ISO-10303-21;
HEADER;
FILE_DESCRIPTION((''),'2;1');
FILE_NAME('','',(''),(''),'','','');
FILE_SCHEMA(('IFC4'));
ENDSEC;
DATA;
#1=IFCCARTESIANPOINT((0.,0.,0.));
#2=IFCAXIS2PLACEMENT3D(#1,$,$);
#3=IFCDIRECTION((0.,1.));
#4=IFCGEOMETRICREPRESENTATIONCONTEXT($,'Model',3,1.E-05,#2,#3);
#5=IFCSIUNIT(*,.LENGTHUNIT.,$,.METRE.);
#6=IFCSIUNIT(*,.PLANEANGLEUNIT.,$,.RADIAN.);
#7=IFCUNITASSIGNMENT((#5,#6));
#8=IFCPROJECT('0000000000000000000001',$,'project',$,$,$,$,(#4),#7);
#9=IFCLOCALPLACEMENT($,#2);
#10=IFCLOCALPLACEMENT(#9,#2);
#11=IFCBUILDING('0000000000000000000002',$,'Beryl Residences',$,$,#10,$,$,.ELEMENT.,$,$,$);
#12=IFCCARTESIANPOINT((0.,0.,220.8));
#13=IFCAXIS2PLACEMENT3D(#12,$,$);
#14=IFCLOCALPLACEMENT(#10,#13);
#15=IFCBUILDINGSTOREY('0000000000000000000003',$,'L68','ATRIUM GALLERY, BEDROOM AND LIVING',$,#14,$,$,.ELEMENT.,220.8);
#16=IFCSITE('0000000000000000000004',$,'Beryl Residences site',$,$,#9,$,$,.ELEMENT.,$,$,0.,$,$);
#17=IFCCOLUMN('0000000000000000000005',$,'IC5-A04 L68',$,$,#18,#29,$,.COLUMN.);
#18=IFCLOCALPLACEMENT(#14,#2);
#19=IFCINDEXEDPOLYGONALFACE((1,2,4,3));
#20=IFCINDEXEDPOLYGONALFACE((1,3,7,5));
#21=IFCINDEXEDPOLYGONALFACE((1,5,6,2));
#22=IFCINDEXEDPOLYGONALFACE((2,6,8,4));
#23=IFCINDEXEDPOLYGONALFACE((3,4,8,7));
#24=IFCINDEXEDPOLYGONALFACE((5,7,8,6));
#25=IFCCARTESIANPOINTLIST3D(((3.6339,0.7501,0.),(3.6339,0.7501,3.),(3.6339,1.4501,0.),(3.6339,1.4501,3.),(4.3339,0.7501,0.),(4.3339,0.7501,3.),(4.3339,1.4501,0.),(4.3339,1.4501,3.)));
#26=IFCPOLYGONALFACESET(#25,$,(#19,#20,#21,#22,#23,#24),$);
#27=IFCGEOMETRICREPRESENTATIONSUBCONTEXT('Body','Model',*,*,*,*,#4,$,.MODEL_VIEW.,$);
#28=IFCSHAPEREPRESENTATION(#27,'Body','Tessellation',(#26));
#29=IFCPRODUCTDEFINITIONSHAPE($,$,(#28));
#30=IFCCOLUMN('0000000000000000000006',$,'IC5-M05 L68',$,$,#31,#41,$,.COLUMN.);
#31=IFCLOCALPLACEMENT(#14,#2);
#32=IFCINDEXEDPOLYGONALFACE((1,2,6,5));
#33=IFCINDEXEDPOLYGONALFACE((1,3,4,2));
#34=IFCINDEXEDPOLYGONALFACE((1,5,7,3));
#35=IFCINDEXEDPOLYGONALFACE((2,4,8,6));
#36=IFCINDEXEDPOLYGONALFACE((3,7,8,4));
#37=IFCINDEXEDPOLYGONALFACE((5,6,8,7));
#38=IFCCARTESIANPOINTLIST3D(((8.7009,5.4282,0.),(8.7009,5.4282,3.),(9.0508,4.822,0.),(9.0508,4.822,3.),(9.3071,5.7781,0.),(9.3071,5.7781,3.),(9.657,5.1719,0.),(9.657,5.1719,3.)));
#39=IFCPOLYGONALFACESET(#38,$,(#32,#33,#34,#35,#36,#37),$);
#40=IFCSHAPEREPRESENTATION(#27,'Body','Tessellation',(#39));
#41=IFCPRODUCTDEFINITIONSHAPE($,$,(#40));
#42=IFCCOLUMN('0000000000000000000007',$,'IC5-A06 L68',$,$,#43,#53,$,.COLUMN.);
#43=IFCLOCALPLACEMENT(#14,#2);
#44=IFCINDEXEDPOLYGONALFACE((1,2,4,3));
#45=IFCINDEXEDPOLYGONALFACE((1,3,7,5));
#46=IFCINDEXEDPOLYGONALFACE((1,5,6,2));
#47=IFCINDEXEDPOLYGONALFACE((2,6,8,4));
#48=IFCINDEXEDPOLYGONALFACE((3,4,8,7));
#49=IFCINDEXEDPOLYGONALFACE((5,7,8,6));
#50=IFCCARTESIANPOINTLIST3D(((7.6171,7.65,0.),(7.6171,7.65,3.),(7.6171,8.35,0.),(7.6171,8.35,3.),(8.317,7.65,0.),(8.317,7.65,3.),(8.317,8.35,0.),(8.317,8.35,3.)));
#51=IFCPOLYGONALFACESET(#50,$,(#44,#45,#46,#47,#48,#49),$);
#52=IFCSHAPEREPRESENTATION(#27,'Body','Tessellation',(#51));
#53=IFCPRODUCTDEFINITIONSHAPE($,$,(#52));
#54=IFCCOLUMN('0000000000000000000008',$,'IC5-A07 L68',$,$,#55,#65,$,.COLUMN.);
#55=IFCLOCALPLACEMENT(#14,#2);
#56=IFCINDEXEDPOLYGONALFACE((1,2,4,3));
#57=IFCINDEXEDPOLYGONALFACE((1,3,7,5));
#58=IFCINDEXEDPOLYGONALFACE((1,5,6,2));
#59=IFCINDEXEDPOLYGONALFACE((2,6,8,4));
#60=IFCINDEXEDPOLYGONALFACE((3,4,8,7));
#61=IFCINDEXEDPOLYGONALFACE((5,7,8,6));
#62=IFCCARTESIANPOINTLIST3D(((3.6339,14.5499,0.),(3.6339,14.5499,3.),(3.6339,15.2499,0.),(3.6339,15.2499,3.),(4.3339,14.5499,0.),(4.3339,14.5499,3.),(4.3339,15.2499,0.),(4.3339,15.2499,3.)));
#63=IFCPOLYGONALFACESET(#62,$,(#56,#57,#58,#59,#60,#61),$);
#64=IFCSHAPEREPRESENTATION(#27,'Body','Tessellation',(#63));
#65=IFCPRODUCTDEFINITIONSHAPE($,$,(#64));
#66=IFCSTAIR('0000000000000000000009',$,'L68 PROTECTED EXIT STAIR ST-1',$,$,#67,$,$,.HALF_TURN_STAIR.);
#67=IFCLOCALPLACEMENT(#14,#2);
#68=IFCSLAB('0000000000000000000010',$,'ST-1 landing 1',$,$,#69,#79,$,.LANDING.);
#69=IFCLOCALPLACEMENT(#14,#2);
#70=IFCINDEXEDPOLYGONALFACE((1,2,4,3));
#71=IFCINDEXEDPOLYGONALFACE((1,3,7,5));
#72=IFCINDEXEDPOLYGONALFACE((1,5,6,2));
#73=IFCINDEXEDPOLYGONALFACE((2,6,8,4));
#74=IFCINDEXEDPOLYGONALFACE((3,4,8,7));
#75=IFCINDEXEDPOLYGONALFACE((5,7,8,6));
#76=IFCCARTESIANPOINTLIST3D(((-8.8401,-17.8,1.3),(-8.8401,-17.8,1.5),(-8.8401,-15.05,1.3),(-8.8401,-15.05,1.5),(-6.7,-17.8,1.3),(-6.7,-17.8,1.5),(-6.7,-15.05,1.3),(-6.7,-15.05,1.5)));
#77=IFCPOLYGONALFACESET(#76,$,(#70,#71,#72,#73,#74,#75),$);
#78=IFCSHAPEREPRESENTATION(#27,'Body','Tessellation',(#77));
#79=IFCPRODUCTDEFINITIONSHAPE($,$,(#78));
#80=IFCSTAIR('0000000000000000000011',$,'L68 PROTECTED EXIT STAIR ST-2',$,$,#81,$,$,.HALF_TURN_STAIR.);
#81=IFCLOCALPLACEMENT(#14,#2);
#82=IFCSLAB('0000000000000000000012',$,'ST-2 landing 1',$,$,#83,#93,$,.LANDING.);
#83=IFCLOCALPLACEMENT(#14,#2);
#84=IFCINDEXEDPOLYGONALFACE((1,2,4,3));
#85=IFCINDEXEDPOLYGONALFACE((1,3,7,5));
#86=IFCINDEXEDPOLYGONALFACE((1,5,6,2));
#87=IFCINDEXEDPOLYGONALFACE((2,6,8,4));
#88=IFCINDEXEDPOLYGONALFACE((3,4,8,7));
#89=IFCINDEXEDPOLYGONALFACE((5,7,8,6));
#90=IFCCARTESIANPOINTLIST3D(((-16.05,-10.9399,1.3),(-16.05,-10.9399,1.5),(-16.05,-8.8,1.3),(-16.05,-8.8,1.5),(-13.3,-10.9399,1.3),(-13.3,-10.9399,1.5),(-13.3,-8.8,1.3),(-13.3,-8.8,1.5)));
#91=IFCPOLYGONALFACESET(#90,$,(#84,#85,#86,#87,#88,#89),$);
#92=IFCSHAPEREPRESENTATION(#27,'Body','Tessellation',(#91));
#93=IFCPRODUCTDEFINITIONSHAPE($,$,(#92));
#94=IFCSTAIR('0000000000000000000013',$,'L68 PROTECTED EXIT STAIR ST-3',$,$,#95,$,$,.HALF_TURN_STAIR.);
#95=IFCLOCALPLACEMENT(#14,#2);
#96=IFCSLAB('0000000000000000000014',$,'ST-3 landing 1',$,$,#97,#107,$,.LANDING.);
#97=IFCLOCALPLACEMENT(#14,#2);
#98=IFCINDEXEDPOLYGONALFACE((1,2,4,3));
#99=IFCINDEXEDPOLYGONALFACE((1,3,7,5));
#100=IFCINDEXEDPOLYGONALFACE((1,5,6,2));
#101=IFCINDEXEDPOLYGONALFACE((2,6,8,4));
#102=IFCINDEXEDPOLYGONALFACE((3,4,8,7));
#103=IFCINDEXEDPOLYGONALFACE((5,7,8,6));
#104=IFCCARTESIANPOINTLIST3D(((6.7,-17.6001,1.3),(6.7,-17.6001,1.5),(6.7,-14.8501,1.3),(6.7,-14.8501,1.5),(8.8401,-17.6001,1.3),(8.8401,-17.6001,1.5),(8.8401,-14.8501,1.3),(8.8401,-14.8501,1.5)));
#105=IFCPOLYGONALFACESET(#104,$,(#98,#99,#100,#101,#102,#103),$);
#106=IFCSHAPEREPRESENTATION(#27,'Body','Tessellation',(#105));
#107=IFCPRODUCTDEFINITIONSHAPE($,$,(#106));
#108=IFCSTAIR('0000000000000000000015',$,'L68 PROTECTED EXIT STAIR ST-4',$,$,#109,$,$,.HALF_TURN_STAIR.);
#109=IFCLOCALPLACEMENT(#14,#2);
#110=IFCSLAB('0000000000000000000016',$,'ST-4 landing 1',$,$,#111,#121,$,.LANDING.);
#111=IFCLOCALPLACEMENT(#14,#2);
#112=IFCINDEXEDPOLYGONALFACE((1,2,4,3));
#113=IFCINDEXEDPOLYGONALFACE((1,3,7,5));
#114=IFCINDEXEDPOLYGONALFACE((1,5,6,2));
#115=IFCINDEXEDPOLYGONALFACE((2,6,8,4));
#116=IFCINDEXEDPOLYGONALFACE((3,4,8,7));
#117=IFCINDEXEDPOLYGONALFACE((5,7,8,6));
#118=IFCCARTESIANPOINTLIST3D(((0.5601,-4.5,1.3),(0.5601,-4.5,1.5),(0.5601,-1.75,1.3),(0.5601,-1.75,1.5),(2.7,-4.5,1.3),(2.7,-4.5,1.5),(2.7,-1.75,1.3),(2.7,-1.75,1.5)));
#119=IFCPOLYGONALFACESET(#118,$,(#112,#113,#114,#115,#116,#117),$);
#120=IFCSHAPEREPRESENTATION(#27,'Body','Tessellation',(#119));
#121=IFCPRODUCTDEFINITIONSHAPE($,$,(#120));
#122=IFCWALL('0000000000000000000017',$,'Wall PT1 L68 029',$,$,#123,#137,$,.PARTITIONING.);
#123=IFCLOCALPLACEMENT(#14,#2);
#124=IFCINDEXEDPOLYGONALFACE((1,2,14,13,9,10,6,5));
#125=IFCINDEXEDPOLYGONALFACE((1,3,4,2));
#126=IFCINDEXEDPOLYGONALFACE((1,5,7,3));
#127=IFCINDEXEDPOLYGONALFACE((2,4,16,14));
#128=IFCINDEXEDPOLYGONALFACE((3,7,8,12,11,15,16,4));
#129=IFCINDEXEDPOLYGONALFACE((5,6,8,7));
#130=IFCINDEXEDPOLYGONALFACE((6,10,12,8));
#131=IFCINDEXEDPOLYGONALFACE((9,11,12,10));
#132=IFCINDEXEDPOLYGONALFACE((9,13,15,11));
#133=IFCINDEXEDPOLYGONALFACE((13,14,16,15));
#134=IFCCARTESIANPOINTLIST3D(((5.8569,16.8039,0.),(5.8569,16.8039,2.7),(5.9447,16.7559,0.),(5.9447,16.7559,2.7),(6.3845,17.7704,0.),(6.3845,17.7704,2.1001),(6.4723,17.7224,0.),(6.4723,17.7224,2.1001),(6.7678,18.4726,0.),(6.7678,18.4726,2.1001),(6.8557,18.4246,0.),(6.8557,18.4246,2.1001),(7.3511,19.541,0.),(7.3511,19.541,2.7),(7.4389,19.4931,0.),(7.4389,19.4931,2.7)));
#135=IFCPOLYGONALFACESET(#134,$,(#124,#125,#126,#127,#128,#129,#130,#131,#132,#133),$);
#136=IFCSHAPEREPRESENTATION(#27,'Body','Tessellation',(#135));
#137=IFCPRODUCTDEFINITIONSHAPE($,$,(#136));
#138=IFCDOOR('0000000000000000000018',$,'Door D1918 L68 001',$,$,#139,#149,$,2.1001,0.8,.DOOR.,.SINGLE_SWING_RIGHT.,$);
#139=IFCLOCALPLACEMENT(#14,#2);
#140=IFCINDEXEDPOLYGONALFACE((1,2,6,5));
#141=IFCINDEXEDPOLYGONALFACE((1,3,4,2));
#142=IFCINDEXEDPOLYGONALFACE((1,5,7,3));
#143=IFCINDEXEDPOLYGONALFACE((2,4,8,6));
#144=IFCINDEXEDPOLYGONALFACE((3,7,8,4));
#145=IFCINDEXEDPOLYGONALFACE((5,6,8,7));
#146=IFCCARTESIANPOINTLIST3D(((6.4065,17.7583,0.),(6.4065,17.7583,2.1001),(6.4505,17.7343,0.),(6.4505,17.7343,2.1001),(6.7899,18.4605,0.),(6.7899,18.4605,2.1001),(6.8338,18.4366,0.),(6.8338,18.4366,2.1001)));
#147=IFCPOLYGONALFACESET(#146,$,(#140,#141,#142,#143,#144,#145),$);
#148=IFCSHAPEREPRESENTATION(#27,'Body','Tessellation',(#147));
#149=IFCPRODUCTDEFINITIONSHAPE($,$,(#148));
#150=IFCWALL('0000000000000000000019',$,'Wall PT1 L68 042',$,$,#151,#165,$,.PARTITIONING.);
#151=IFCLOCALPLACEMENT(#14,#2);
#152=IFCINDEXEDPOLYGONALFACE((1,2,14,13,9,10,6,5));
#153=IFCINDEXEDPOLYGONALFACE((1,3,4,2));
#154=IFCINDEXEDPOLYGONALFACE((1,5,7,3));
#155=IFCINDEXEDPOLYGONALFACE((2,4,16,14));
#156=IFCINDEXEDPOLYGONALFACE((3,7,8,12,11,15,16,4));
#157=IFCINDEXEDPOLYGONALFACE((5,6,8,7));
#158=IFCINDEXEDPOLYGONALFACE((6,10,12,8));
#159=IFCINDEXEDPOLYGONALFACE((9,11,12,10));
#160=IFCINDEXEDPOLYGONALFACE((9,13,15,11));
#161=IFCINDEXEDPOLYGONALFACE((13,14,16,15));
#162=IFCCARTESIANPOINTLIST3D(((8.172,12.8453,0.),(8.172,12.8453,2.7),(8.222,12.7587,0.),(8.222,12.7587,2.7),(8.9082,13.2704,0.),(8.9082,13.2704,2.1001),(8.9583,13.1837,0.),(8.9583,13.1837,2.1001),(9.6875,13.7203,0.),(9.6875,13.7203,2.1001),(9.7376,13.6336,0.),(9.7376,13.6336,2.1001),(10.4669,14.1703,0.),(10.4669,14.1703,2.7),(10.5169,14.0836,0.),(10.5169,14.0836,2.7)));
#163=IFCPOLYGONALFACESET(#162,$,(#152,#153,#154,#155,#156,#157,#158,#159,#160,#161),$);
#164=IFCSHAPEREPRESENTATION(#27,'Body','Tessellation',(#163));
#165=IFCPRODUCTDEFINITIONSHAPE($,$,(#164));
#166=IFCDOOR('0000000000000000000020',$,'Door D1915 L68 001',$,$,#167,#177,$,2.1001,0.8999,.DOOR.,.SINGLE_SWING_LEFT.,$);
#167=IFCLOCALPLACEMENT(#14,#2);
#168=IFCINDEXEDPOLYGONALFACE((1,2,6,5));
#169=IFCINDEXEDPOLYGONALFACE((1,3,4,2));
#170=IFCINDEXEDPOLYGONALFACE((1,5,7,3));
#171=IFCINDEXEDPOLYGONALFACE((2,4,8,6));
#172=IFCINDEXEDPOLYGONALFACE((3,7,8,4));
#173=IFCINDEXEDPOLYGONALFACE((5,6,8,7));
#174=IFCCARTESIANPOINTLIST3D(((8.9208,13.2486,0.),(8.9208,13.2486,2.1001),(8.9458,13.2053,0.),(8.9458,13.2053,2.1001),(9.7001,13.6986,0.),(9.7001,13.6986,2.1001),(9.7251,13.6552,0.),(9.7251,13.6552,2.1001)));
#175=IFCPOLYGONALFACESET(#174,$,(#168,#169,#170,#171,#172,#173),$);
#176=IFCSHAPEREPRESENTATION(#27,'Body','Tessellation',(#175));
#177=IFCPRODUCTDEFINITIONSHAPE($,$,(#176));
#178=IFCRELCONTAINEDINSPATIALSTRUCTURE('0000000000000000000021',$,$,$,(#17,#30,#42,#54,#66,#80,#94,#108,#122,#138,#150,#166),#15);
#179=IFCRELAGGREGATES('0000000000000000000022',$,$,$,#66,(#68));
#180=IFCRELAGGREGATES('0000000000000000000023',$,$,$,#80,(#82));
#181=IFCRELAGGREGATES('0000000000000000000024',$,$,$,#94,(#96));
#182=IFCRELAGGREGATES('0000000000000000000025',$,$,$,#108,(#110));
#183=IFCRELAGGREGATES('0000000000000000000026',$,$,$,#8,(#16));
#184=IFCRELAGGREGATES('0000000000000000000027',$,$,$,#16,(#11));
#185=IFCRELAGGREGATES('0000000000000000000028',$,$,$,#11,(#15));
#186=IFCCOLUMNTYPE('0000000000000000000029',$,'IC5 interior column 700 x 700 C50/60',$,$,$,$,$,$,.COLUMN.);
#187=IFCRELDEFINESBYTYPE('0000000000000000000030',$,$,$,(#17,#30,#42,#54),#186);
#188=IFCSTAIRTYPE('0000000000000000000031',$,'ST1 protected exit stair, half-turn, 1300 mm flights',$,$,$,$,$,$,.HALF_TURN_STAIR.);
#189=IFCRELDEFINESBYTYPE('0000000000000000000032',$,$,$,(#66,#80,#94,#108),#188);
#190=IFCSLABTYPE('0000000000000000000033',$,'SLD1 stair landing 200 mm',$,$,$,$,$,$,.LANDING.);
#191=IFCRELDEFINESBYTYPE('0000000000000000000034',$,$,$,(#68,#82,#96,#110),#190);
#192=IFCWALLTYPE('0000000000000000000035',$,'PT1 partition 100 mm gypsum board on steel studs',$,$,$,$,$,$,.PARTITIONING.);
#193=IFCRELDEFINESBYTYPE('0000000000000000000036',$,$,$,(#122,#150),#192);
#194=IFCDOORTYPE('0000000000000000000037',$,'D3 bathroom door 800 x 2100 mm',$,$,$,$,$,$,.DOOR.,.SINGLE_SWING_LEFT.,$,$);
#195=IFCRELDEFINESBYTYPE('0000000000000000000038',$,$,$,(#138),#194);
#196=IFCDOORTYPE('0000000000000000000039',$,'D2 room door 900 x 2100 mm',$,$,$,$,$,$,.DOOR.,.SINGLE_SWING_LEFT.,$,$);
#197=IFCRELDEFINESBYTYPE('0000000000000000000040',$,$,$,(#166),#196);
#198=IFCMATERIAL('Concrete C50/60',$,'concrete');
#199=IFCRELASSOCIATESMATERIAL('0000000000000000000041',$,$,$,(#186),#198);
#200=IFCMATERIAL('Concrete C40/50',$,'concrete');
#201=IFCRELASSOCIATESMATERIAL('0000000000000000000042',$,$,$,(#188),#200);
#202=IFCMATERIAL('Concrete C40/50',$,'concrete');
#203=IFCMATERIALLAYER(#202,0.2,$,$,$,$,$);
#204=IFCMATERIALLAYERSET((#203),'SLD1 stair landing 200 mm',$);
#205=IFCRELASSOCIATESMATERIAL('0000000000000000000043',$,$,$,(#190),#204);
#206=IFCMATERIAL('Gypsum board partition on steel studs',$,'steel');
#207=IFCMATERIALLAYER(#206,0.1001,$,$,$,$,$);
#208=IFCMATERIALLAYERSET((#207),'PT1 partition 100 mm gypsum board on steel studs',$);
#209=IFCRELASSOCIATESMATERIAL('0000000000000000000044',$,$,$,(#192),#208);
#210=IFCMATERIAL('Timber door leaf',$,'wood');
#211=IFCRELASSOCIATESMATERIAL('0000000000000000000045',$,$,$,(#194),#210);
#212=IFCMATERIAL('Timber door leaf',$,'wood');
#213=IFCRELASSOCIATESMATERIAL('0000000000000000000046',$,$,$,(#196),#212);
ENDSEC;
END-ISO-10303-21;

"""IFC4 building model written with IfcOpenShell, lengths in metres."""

from ifc_helpers import new_model, si_unit, direction, frame, frame_2d, origin, origin_2d, place, context, subcontext, project, spatial, polyline, rectangle, outline, extrude, material, layer, layer_set, material_profile, profile_set, type_object, element, fill, aggregate, save


model = new_model("IFC4")

# Units and contexts
model_context = context("Model", 3, precision=1e-05, world=origin(), true_north=direction((0.0, 1.0)))
body_context = subcontext(model_context, "Body", "Model", "MODEL_VIEW")
ifc_project = project(units=[si_unit("LENGTHUNIT", "METRE"), si_unit("PLANEANGLEUNIT", "RADIAN")], contexts=[model_context])

# Site, building, storey
site_placement = place(None, origin())
site = spatial("IfcSite", under=ifc_project, at=site_placement, Name="Beryl Residences site", CompositionType="ELEMENT", RefElevation=0.0)
building_placement = place(site_placement, origin())
building = spatial("IfcBuilding", under=site, at=building_placement, Name="Beryl Residences", CompositionType="ELEMENT")
storey_placement = place(building_placement, frame((0.0, 0.0, 220.8)))
storey = spatial("IfcBuildingStorey", under=building, at=storey_placement, Name="L68", Description="ATRIUM GALLERY, BEDROOM AND LIVING", CompositionType="ELEMENT", Elevation=220.8)

# Columns
ifc_material_1 = material(Name="Concrete C50/60", Category="concrete")
ifc_material_profile = material_profile(ifc_material_1, rectangle(XDim=0.7, YDim=0.7, at=origin_2d()))
ifc_profile_set = profile_set([ifc_material_profile], Name="Concrete C50/60")
column_type = type_object("IfcColumnType", Name="IC5 interior column 700 x 700 C50/60", PredefinedType="COLUMN", material=ifc_profile_set)
for number, where, z_axis, x_axis, name in (
    (1, (3.9839, 1.1001, 0.0), (0.0, 0.0, 1.0), (1.0, 0.0, 0.0), "IC5-A04 L68"),
    (2, (9.179, 5.3, 0.0), (0.0, 0.0, 1.0), (-0.49997, 0.866043, 0.0), "IC5-M05 L68"),
    (3, (7.967, 8.0, 0.0), (0.0, 0.0, 1.0), (1.0, 0.0, 0.0), "IC5-A06 L68"),
    (4, (3.9839, 14.8999, 0.0), (0.0, 0.0, 1.0), (1.0, 0.0, 0.0), "IC5-A07 L68"),
):
    element("IfcColumn", number, at=place(storey_placement, frame(where, z_axis=z_axis, x_axis=x_axis)), inside=storey, type_object=column_type, Name=name, PredefinedType="COLUMN", context=body_context, shape_type="SweptSolid", body=[
        extrude(rectangle(XDim=0.7, YDim=0.7, at=origin_2d()), origin(), (0.0, 0.0, 1.0), 3.0),
    ])

# Stairs, slabs
ifc_material_2 = material(Name="Concrete C40/50", Category="concrete")
stair_type = type_object("IfcStairType", Name="ST1 protected exit stair, half-turn, 1300 mm flights", PredefinedType="HALF_TURN_STAIR", material=ifc_material_2)
stair_1_placement = place(storey_placement, origin())
stair_1 = element("IfcStair", 5, at=stair_1_placement, inside=storey, type_object=stair_type, Name="L68 PROTECTED EXIT STAIR ST-1", PredefinedType="HALF_TURN_STAIR")
ifc_material_3 = material(Name="Concrete C40/50", Category="concrete")
ifc_layer_1 = layer(ifc_material_3, 0.2)
ifc_layer_set_1 = layer_set([ifc_layer_1], Name="SLD1 stair landing 200 mm")
slab_type_1 = type_object("IfcSlabType", Name="SLD1 stair landing 200 mm", PredefinedType="LANDING", material=ifc_layer_set_1)
slab_1_placement = place(storey_placement, frame((0.0, 0.0, 1.3)))
slab_1 = element("IfcSlab", 6, at=slab_1_placement, type_object=slab_type_1, Name="ST-1 landing 1", PredefinedType="LANDING", context=body_context, shape_type="SweptSolid", body=[
    extrude(outline(polyline([(-8.8401, -17.8), (-6.7, -17.8), (-6.7, -15.05), (-8.8401, -15.05), (-8.8401, -17.8)])), origin(), (0.0, 0.0, 1.0), 0.2),
])
aggregate(stair_1, [slab_1])
stair_2_placement = place(storey_placement, origin())
stair_2 = element("IfcStair", 7, at=stair_2_placement, inside=storey, type_object=stair_type, Name="L68 PROTECTED EXIT STAIR ST-2", PredefinedType="HALF_TURN_STAIR")
slab_2_placement = place(storey_placement, frame((0.0, 0.0, 1.3)))
slab_2 = element("IfcSlab", 8, at=slab_2_placement, type_object=slab_type_1, Name="ST-2 landing 1", PredefinedType="LANDING", context=body_context, shape_type="SweptSolid", body=[
    extrude(outline(polyline([(-13.3, -10.9399), (-13.3, -8.8), (-16.05, -8.8), (-16.05, -10.9399), (-13.3, -10.9399)])), origin(), (0.0, 0.0, 1.0), 0.2),
])
aggregate(stair_2, [slab_2])
stair_3_placement = place(storey_placement, origin())
stair_3 = element("IfcStair", 9, at=stair_3_placement, inside=storey, type_object=stair_type, Name="L68 PROTECTED EXIT STAIR ST-3", PredefinedType="HALF_TURN_STAIR")
slab_3_placement = place(storey_placement, frame((0.0, 0.0, 1.3)))
slab_3 = element("IfcSlab", 10, at=slab_3_placement, type_object=slab_type_1, Name="ST-3 landing 1", PredefinedType="LANDING", context=body_context, shape_type="SweptSolid", body=[
    extrude(outline(polyline([(8.8401, -14.8501), (6.7, -14.8501), (6.7, -17.6001), (8.8401, -17.6001), (8.8401, -14.8501)])), origin(), (0.0, 0.0, 1.0), 0.2),
])
aggregate(stair_3, [slab_3])
stair_4_placement = place(storey_placement, origin())
stair_4 = element("IfcStair", 11, at=stair_4_placement, inside=storey, type_object=stair_type, Name="L68 PROTECTED EXIT STAIR ST-4", PredefinedType="HALF_TURN_STAIR")
slab_4_placement = place(storey_placement, frame((0.0, 0.0, 1.3)))
slab_4 = element("IfcSlab", 12, at=slab_4_placement, type_object=slab_type_1, Name="ST-4 landing 1", PredefinedType="LANDING", context=body_context, shape_type="SweptSolid", body=[
    extrude(outline(polyline([(0.5601, -4.5), (2.7, -4.5), (2.7, -1.75), (0.5601, -1.75), (0.5601, -4.5)])), origin(), (0.0, 0.0, 1.0), 0.2),
])
aggregate(stair_4, [slab_4])

# Walls, openings, doors
ifc_material_4 = material(Name="Gypsum board partition on steel studs", Category="steel")
ifc_layer_2 = layer(ifc_material_4, 0.1001)
ifc_layer_set_2 = layer_set([ifc_layer_2], Name="PT1 partition 100 mm gypsum board on steel studs")
wall_type_1 = type_object("IfcWallType", Name="PT1 partition 100 mm gypsum board on steel studs", PredefinedType="PARTITIONING", material=ifc_layer_set_2)
wall_1_placement = place(storey_placement, frame((5.9009, 16.78, 0.0), z_axis=(0.0, 0.0, 1.0), x_axis=(0.479148, 0.877734, 0.0)))
wall_1 = element("IfcWall", 13, at=wall_1_placement, inside=storey, type_object=wall_type_1, Name="Wall PT1 L68 029", PredefinedType="PARTITIONING", context=body_context, shape_type="SweptSolid", body=[
    extrude(rectangle(XDim=3.1184, YDim=0.1001, at=frame_2d((1.5591, 0.0))), origin(), (0.0, 0.0, 1.0), 2.7),
])
opening_1_placement = place(wall_1_placement, frame((1.1011, 0.0, 0.0)))
opening_1 = element("IfcOpeningElement", 14, at=opening_1_placement, cuts=wall_1, PredefinedType="OPENING", context=body_context, shape_type="SweptSolid", body=[
    extrude(rectangle(XDim=0.8, YDim=2.1001, at=frame_2d((0.3999, 1.05))), frame((0.0, 0.0601, 0.0), z_axis=(0.0, -1.0, 0.0), x_axis=(1.0, 0.0, 0.0)), (0.0, 0.0, 1.0), 0.1201),
])
ifc_material_5 = material(Name="Timber door leaf", Category="wood")
door_type_1 = type_object("IfcDoorType", Name="D3 bathroom door 800 x 2100 mm", OperationType="SINGLE_SWING_LEFT", PredefinedType="DOOR", material=ifc_material_5)
door_1_placement = place(opening_1_placement, origin())
door_1 = element("IfcDoor", 15, at=door_1_placement, inside=storey, type_object=door_type_1, Name="Door D1918 L68 001", OperationType="SINGLE_SWING_RIGHT", OverallHeight=2.1001, OverallWidth=0.8, PredefinedType="DOOR", context=body_context, shape_type="SweptSolid", body=[
    extrude(rectangle(XDim=0.8, YDim=2.1001, at=frame_2d((0.3999, 1.05))), frame((0.0, 0.0249, 0.0), z_axis=(0.0, -1.0, 0.0), x_axis=(1.0, 0.0, 0.0)), (0.0, 0.0, 1.0), 0.05),
])
fill(opening_1, door_1)
wall_2_placement = place(storey_placement, frame((8.197, 12.802, 0.0), z_axis=(0.0, 0.0, 1.0), x_axis=(0.866029, 0.499994, 0.0)))
wall_2 = element("IfcWall", 16, at=wall_2_placement, inside=storey, type_object=wall_type_1, Name="Wall PT1 L68 042", PredefinedType="PARTITIONING", context=body_context, shape_type="SweptSolid", body=[
    extrude(rectangle(XDim=2.6499, YDim=0.1001, at=frame_2d((1.325, 0.0))), origin(), (0.0, 0.0, 1.0), 2.7),
])
opening_2_placement = place(wall_2_placement, frame((0.8501, 0.0, 0.0)))
opening_2 = element("IfcOpeningElement", 17, at=opening_2_placement, cuts=wall_2, PredefinedType="OPENING", context=body_context, shape_type="SweptSolid", body=[
    extrude(rectangle(XDim=0.8999, YDim=2.1001, at=frame_2d((0.45, 1.05))), frame((0.0, 0.0601, 0.0), z_axis=(0.0, -1.0, 0.0), x_axis=(1.0, 0.0, 0.0)), (0.0, 0.0, 1.0), 0.1201),
])
ifc_material_6 = material(Name="Timber door leaf", Category="wood")
door_type_2 = type_object("IfcDoorType", Name="D2 room door 900 x 2100 mm", OperationType="SINGLE_SWING_LEFT", PredefinedType="DOOR", material=ifc_material_6)
door_2_placement = place(opening_2_placement, origin())
door_2 = element("IfcDoor", 18, at=door_2_placement, inside=storey, type_object=door_type_2, Name="Door D1915 L68 001", OperationType="SINGLE_SWING_LEFT", OverallHeight=2.1001, OverallWidth=0.8999, PredefinedType="DOOR", context=body_context, shape_type="SweptSolid", body=[
    extrude(rectangle(XDim=0.8999, YDim=2.1001, at=frame_2d((0.45, 1.05))), frame((0.0, 0.0249, 0.0), z_axis=(0.0, -1.0, 0.0), x_axis=(1.0, 0.0, 0.0)), (0.0, 0.0, 1.0), 0.05),
])
fill(opening_2, door_2)

save(model, "model.ifc")
